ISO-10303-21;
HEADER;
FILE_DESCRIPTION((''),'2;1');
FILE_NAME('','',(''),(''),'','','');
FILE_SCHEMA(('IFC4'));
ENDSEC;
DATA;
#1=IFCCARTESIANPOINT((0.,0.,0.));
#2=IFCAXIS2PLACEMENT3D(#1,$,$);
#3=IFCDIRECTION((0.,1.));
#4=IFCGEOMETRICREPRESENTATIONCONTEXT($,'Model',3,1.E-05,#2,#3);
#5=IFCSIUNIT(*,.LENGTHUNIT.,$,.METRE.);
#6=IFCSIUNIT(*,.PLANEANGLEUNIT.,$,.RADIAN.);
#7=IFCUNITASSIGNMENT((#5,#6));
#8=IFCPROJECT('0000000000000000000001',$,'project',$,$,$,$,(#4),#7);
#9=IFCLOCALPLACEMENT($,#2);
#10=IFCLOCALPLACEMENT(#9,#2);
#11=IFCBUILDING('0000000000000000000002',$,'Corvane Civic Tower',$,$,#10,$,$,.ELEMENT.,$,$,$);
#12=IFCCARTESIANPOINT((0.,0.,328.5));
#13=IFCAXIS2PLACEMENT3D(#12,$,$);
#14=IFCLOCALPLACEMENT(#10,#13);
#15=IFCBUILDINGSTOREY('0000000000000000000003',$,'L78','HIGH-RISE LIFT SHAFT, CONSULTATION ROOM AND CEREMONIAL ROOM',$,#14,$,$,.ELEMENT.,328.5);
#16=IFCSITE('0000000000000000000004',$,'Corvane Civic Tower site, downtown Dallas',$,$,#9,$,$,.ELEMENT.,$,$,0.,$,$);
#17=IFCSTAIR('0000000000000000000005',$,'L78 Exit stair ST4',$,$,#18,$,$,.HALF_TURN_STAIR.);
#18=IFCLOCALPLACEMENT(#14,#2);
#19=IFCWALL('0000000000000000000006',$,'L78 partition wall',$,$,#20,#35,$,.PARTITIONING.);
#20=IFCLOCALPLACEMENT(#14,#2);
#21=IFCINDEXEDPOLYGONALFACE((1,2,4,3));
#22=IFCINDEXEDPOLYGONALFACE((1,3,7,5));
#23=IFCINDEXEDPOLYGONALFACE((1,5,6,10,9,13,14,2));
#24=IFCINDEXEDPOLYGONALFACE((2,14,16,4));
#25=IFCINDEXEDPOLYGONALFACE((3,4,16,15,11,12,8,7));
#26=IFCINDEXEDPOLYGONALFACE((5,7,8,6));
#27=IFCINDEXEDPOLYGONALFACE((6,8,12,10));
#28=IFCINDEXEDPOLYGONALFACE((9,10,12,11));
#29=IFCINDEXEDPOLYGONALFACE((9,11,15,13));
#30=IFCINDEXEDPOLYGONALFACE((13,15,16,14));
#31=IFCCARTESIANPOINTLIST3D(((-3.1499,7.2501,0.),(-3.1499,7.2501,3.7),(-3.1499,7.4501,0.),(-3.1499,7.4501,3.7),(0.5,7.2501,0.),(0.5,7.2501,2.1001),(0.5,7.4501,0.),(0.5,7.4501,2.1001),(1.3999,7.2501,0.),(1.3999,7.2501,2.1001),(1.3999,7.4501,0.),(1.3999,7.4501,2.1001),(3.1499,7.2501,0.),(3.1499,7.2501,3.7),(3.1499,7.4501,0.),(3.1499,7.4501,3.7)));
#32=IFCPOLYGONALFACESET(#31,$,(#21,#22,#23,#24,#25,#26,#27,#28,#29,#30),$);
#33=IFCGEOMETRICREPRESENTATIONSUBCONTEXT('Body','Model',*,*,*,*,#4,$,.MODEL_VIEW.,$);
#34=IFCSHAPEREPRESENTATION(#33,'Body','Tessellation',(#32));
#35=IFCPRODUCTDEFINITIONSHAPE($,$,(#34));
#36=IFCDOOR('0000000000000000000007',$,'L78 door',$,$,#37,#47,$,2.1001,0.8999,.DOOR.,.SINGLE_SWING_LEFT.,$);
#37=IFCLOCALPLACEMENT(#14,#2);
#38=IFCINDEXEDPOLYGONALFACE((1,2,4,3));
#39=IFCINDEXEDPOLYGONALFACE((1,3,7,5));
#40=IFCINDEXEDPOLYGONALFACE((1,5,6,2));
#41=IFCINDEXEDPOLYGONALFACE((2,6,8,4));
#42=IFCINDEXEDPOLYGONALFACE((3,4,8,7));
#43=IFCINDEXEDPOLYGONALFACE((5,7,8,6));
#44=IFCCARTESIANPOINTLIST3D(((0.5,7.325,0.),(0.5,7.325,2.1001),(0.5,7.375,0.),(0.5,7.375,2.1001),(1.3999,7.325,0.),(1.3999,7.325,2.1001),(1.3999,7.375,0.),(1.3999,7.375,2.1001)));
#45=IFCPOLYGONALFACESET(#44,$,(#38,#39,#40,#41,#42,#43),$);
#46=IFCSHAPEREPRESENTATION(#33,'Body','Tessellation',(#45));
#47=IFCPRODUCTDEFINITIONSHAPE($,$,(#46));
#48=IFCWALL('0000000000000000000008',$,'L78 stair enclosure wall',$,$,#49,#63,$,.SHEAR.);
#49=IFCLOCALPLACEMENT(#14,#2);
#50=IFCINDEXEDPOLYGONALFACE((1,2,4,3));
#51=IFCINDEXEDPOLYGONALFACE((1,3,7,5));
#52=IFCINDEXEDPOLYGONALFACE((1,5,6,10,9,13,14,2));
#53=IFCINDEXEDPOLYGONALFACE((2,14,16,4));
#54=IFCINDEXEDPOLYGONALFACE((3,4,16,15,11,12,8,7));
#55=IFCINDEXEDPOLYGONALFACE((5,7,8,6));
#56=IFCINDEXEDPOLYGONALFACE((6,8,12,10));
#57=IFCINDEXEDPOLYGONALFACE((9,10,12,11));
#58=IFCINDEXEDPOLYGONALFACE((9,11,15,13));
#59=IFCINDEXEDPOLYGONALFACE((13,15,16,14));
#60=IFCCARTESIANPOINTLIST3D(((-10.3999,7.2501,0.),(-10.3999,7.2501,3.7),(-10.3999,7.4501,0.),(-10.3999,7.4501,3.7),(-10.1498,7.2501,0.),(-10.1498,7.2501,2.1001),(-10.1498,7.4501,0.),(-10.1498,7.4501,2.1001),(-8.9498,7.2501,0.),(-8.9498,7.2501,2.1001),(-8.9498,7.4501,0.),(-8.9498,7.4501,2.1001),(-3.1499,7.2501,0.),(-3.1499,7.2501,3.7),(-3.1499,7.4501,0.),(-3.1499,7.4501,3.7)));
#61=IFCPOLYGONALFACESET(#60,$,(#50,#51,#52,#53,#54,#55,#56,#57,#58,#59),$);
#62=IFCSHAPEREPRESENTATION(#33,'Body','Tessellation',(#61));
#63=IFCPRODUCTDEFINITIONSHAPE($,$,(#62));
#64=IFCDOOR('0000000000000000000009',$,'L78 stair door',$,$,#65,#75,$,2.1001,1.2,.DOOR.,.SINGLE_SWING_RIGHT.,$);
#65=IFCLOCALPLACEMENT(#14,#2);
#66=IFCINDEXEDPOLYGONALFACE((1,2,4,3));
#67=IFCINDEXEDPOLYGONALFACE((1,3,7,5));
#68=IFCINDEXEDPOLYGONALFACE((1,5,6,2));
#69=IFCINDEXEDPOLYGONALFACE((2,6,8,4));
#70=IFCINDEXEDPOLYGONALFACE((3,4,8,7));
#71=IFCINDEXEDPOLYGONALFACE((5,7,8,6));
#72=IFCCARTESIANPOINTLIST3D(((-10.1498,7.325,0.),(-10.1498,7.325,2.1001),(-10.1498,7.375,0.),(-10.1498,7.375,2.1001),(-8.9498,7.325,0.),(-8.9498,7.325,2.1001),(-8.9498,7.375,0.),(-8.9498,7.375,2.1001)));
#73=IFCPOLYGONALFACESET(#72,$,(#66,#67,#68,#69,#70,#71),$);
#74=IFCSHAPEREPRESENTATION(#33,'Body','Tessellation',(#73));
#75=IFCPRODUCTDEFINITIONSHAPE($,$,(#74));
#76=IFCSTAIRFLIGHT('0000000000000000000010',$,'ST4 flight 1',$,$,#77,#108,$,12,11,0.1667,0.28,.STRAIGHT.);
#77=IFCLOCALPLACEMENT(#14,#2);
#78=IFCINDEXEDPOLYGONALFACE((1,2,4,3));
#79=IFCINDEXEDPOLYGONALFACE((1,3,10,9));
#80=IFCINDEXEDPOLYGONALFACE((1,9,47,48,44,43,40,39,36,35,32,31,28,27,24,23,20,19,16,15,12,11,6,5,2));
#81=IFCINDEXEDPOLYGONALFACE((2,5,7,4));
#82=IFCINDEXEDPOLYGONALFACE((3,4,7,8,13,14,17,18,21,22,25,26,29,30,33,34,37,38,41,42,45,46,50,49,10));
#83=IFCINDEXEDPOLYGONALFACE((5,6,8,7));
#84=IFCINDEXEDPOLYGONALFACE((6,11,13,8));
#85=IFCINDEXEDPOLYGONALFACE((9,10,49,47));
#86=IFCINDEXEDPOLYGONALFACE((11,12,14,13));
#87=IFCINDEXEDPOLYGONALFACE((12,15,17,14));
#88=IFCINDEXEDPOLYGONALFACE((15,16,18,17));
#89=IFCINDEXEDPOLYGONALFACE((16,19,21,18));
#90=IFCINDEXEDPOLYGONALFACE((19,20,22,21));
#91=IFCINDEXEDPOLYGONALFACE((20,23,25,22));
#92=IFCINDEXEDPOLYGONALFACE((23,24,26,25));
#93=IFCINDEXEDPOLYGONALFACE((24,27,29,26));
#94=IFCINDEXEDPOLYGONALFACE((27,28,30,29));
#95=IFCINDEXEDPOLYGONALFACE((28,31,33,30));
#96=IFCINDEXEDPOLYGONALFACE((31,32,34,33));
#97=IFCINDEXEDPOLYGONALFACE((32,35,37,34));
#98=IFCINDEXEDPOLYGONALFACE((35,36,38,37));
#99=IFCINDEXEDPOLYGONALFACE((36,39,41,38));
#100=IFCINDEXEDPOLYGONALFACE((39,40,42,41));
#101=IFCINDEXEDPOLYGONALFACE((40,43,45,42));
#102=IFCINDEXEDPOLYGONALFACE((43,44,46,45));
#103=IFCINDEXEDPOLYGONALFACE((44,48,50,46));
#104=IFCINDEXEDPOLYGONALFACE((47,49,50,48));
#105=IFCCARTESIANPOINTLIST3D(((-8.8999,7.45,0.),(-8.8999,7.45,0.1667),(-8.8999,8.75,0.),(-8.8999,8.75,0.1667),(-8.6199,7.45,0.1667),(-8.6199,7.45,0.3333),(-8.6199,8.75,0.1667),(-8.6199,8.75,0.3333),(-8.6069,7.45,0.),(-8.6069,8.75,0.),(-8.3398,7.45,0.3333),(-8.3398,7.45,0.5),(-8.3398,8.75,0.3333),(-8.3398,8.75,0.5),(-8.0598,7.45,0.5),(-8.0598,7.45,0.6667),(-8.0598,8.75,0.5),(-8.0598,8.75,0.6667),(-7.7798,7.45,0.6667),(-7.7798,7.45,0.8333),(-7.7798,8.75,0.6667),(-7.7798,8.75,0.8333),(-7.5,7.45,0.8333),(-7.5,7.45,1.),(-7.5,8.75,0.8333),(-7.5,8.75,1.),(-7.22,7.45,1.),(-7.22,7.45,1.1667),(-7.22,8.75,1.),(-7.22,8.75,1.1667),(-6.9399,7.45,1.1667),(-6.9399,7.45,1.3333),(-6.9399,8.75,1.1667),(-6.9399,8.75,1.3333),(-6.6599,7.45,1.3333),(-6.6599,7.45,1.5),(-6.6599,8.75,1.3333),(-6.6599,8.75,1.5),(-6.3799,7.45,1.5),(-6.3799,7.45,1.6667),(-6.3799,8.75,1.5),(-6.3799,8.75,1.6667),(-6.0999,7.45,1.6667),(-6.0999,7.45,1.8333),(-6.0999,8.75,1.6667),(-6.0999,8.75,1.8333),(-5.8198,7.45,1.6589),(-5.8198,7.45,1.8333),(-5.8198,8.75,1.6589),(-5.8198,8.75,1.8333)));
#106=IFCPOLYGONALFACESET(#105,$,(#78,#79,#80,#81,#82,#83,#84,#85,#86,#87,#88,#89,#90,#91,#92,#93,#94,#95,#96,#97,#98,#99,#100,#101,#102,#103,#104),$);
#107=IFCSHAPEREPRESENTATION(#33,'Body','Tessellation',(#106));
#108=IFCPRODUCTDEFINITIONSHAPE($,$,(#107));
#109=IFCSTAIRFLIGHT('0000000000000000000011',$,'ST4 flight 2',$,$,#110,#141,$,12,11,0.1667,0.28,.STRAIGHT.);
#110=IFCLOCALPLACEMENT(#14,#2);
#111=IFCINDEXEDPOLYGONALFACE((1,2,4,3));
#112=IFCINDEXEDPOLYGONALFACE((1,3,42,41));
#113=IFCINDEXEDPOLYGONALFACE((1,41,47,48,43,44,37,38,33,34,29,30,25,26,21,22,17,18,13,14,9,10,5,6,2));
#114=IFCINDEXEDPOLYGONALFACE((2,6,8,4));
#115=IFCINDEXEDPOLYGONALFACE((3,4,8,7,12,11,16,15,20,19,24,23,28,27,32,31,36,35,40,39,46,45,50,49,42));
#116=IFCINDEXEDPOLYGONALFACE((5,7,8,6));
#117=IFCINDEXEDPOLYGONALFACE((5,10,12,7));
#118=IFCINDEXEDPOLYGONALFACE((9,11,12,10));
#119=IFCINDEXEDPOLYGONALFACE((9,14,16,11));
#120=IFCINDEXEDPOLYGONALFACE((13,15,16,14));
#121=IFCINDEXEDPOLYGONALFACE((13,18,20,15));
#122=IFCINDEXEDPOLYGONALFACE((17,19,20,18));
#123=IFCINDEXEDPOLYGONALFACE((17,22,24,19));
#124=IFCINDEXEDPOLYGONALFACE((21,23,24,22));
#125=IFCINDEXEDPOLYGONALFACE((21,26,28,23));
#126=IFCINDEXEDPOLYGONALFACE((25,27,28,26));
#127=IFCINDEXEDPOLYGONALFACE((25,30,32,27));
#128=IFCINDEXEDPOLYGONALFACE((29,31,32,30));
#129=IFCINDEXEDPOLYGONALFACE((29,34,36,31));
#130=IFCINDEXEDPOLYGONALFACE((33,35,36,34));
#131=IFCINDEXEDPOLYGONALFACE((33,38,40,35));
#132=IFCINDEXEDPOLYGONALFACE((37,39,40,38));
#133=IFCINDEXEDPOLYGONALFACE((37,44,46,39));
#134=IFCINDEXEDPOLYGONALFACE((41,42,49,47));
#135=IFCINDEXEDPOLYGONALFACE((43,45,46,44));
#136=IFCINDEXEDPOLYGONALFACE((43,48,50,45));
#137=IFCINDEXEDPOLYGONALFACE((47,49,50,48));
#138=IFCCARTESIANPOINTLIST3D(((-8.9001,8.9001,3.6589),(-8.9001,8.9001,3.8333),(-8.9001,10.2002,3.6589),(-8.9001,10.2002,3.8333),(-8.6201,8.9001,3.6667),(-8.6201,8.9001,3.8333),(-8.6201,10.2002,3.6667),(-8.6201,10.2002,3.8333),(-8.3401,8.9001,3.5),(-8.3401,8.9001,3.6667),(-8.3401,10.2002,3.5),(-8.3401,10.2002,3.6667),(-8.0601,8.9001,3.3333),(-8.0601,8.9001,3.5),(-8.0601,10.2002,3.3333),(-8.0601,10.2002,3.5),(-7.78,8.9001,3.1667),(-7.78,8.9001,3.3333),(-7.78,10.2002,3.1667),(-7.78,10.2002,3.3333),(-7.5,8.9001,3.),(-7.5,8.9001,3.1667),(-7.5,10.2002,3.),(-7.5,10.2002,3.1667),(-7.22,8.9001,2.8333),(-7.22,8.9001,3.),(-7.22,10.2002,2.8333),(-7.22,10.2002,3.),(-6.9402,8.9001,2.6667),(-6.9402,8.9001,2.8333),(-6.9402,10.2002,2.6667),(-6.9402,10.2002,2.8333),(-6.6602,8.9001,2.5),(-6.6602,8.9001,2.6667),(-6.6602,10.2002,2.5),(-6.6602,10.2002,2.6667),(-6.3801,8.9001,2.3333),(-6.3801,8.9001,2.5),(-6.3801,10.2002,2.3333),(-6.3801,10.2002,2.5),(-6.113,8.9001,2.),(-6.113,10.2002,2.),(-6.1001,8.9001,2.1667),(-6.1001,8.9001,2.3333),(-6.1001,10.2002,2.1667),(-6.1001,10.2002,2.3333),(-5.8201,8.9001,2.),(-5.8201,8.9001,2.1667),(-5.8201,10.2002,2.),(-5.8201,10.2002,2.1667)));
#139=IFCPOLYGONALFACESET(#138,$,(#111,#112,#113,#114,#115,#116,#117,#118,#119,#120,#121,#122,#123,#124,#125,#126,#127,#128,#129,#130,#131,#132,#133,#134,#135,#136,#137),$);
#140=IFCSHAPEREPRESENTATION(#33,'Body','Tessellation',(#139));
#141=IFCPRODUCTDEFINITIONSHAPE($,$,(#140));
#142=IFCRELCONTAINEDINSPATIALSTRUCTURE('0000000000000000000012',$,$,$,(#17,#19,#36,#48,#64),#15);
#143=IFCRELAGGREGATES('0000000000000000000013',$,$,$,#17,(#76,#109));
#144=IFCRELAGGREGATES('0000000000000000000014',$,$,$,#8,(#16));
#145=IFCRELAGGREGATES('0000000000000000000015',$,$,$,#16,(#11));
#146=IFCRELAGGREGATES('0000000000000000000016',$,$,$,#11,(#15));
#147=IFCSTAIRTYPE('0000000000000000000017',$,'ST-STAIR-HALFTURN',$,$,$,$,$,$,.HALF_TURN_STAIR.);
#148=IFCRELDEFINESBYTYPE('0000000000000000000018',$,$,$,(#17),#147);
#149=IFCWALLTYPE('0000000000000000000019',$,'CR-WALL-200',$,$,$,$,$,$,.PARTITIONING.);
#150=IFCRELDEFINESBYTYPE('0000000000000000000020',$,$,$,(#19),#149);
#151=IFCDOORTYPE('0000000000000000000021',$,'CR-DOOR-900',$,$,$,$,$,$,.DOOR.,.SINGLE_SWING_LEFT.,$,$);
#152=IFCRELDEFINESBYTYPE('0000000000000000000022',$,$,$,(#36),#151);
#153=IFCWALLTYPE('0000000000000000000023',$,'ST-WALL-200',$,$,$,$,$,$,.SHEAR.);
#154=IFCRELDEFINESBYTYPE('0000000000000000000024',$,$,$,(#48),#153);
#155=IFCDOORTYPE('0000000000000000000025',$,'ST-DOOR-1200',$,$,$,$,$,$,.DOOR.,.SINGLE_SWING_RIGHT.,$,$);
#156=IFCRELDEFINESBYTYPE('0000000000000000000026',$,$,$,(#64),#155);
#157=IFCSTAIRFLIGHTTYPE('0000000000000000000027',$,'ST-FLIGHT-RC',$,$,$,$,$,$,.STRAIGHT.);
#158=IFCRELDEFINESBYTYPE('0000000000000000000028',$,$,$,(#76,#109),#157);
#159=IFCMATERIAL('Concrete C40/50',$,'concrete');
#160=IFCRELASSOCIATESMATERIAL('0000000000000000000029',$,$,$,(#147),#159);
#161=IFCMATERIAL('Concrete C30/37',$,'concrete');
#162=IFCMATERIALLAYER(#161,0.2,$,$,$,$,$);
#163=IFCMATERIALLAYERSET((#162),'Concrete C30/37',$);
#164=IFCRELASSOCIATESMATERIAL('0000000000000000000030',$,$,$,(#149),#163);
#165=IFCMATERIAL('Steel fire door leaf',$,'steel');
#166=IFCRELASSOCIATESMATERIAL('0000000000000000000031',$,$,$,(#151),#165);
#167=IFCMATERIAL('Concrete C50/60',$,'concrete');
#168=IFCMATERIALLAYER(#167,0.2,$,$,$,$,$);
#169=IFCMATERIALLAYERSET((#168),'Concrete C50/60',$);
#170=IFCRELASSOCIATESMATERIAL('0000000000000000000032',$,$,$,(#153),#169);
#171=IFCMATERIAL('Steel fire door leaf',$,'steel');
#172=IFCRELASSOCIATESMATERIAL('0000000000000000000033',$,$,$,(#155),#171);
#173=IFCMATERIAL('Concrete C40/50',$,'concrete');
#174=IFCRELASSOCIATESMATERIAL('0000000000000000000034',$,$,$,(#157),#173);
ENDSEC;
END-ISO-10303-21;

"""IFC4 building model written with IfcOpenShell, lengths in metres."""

from ifc_helpers import new_model, si_unit, direction, frame, frame_2d, origin, place, context, subcontext, project, spatial, polyline, rectangle, outline, extrude, material, layer, layer_set, type_object, element, fill, aggregate, save


model = new_model("IFC4")

# Units and contexts
model_context = context("Model", 3, precision=1e-05, world=origin(), true_north=direction((0.0, 1.0)))
body_context = subcontext(model_context, "Body", "Model", "MODEL_VIEW")
ifc_project = project(units=[si_unit("LENGTHUNIT", "METRE"), si_unit("PLANEANGLEUNIT", "RADIAN")], contexts=[model_context])

# Site, building, storey
site_placement = place(None, origin())
site = spatial("IfcSite", under=ifc_project, at=site_placement, Name="Corvane Civic Tower site, downtown Dallas", CompositionType="ELEMENT", RefElevation=0.0)
building_placement = place(site_placement, origin())
building = spatial("IfcBuilding", under=site, at=building_placement, Name="Corvane Civic Tower", CompositionType="ELEMENT")
storey_placement = place(building_placement, frame((0.0, 0.0, 328.5)))
storey = spatial("IfcBuildingStorey", under=building, at=storey_placement, Name="L78", Description="HIGH-RISE LIFT SHAFT, CONSULTATION ROOM AND CEREMONIAL ROOM", CompositionType="ELEMENT", Elevation=328.5)

# Stair
ifc_material_1 = material(Name="Concrete C40/50", Category="concrete")
stair_type = type_object("IfcStairType", Name="ST-STAIR-HALFTURN", PredefinedType="HALF_TURN_STAIR", material=ifc_material_1)
stair_1_placement = place(storey_placement, origin())
stair_1 = element("IfcStair", 1, at=stair_1_placement, inside=storey, type_object=stair_type, Name="L78 Exit stair ST4", PredefinedType="HALF_TURN_STAIR")

# Shared definitions
ifc_material_2 = material(Name="Concrete C30/37", Category="concrete")
ifc_layer_1 = layer(ifc_material_2, 0.2)
ifc_layer_set_1 = layer_set([ifc_layer_1], Name="Concrete C30/37")
wall_type_1 = type_object("IfcWallType", Name="CR-WALL-200", PredefinedType="PARTITIONING", material=ifc_layer_set_1)
ifc_material_3 = material(Name="Steel fire door leaf", Category="steel")
door_type_1 = type_object("IfcDoorType", Name="CR-DOOR-900", OperationType="SINGLE_SWING_LEFT", PredefinedType="DOOR", material=ifc_material_3)

# Walls, openings, doors
wall_1_placement = place(storey_placement, frame((-3.1499, 7.3501, 0.0), z_axis=(0.0, 0.0, 1.0), x_axis=(1.0, 0.0, 0.0)))
wall_1 = element("IfcWall", 2, at=wall_1_placement, inside=storey, type_object=wall_type_1, Name="L78 partition wall", PredefinedType="PARTITIONING", context=body_context, shape_type="SweptSolid", body=[
    extrude(rectangle(XDim=6.2998, YDim=0.2, at=frame_2d((3.1499, 0.0))), origin(), (0.0, 0.0, 1.0), 3.7),
])
opening_1_placement = place(wall_1_placement, frame((3.6499, 0.0, 0.0)))
opening_1 = element("IfcOpeningElement", 3, at=opening_1_placement, cuts=wall_1, PredefinedType="OPENING", context=body_context, shape_type="SweptSolid", body=[
    extrude(rectangle(XDim=0.8999, YDim=2.1001, at=frame_2d((0.45, 1.05))), frame((0.0, 0.1099, 0.0), z_axis=(0.0, -1.0, 0.0), x_axis=(1.0, 0.0, 0.0)), (0.0, 0.0, 1.0), 0.22),
])
door_1_placement = place(opening_1_placement, origin())
door_1 = element("IfcDoor", 4, at=door_1_placement, inside=storey, type_object=door_type_1, Name="L78 door", OperationType="SINGLE_SWING_LEFT", OverallHeight=2.1001, OverallWidth=0.8999, PredefinedType="DOOR", context=body_context, shape_type="SweptSolid", body=[
    extrude(rectangle(XDim=0.8999, YDim=2.1001, at=frame_2d((0.45, 1.05))), frame((0.0, 0.0249, 0.0), z_axis=(0.0, -1.0, 0.0), x_axis=(1.0, 0.0, 0.0)), (0.0, 0.0, 1.0), 0.05),
])
fill(opening_1, door_1)
ifc_material_4 = material(Name="Concrete C50/60", Category="concrete")
ifc_layer_2 = layer(ifc_material_4, 0.2)
ifc_layer_set_2 = layer_set([ifc_layer_2], Name="Concrete C50/60")
wall_type_2 = type_object("IfcWallType", Name="ST-WALL-200", PredefinedType="SHEAR", material=ifc_layer_set_2)
wall_2_placement = place(storey_placement, frame((-10.3999, 7.3501, 0.0), z_axis=(0.0, 0.0, 1.0), x_axis=(1.0, 0.0, 0.0)))
wall_2 = element("IfcWall", 5, at=wall_2_placement, inside=storey, type_object=wall_type_2, Name="L78 stair enclosure wall", PredefinedType="SHEAR", context=body_context, shape_type="SweptSolid", body=[
    extrude(rectangle(XDim=7.25, YDim=0.2, at=frame_2d((3.625, 0.0))), origin(), (0.0, 0.0, 1.0), 3.7),
])
opening_2_placement = place(wall_2_placement, frame((0.25, 0.0, 0.0)))
opening_2 = element("IfcOpeningElement", 6, at=opening_2_placement, cuts=wall_2, PredefinedType="OPENING", context=body_context, shape_type="SweptSolid", body=[
    extrude(rectangle(XDim=1.2, YDim=2.1001, at=frame_2d((0.6001, 1.05))), frame((0.0, 0.1099, 0.0), z_axis=(0.0, -1.0, 0.0), x_axis=(1.0, 0.0, 0.0)), (0.0, 0.0, 1.0), 0.22),
])
ifc_material_5 = material(Name="Steel fire door leaf", Category="steel")
door_type_2 = type_object("IfcDoorType", Name="ST-DOOR-1200", OperationType="SINGLE_SWING_RIGHT", PredefinedType="DOOR", material=ifc_material_5)
door_2_placement = place(opening_2_placement, origin())
door_2 = element("IfcDoor", 7, at=door_2_placement, inside=storey, type_object=door_type_2, Name="L78 stair door", OperationType="SINGLE_SWING_RIGHT", OverallHeight=2.1001, OverallWidth=1.2, PredefinedType="DOOR", context=body_context, shape_type="SweptSolid", body=[
    extrude(rectangle(XDim=1.2, YDim=2.1001, at=frame_2d((0.6001, 1.05))), frame((0.0, 0.0249, 0.0), z_axis=(0.0, -1.0, 0.0), x_axis=(1.0, 0.0, 0.0)), (0.0, 0.0, 1.0), 0.05),
])
fill(opening_2, door_2)

# Stair flights
ifc_material_6 = material(Name="Concrete C40/50", Category="concrete")
stair_flight_type = type_object("IfcStairFlightType", Name="ST-FLIGHT-RC", PredefinedType="STRAIGHT", material=ifc_material_6)
stair_flight_1_placement = place(storey_placement, frame((-8.8999, 8.1001, 0.0), z_axis=(0.0, 0.0, 1.0), x_axis=(1.0, 0.0, 0.0)))
stair_flight_1 = element("IfcStairFlight", 8, at=stair_flight_1_placement, type_object=stair_flight_type, Name="ST4 flight 1", NumberOfRisers=12, NumberOfTreads=11, PredefinedType="STRAIGHT", RiserHeight=0.1667, TreadLength=0.28, context=body_context, shape_type="SweptSolid", body=[
    extrude(outline(polyline([(0.0, 0.0), (0.0, 0.1667), (0.28, 0.1667), (0.28, 0.3333), (0.5601, 0.3333), (0.5601, 0.5), (0.8401, 0.5), (0.8401, 0.6667), (1.1201, 0.6667), (1.1201, 0.8333), (1.3999, 0.8333), (1.3999, 1.0), (1.6799, 1.0), (1.6799, 1.1667), (1.96, 1.1667), (1.96, 1.3333), (2.24, 1.3333), (2.24, 1.5), (2.52, 1.5), (2.52, 1.6667), (2.8, 1.6667), (2.8, 1.8333), (3.0801, 1.8333), (3.0801, 2.0), (3.0801, 1.6589), (0.293, 0.0), (0.0, 0.0)])), frame((0.0, 0.6499, 0.0), z_axis=(0.0, -1.0, 0.0), x_axis=(1.0, 0.0, 0.0)), (0.0, 0.0, 1.0), 1.3),
])
stair_flight_2_placement = place(storey_placement, frame((-5.8201, 9.55, 2.0), z_axis=(0.0, 0.0, 1.0), x_axis=(-1.0, 0.0, 0.0)))
stair_flight_2 = element("IfcStairFlight", 9, at=stair_flight_2_placement, type_object=stair_flight_type, Name="ST4 flight 2", NumberOfRisers=12, NumberOfTreads=11, PredefinedType="STRAIGHT", RiserHeight=0.1667, TreadLength=0.28, context=body_context, shape_type="SweptSolid", body=[
    extrude(outline(polyline([(0.0, 0.0), (0.0, 0.1667), (0.28, 0.1667), (0.28, 0.3333), (0.5601, 0.3333), (0.5601, 0.5), (0.8401, 0.5), (0.8401, 0.6667), (1.1201, 0.6667), (1.1201, 0.8333), (1.3999, 0.8333), (1.3999, 1.0), (1.6799, 1.0), (1.6799, 1.1667), (1.96, 1.1667), (1.96, 1.3333), (2.24, 1.3333), (2.24, 1.5), (2.52, 1.5), (2.52, 1.6667), (2.8, 1.6667), (2.8, 1.8333), (3.0801, 1.8333), (3.0801, 2.0), (3.0801, 1.6589), (0.293, 0.0), (0.0, 0.0)])), frame((0.0, 0.6499, 0.0), z_axis=(0.0, -1.0, 0.0), x_axis=(1.0, 0.0, 0.0)), (0.0, 0.0, 1.0), 1.3),
])
aggregate(stair_1, [stair_flight_1, stair_flight_2])

save(model, "model.ifc")
